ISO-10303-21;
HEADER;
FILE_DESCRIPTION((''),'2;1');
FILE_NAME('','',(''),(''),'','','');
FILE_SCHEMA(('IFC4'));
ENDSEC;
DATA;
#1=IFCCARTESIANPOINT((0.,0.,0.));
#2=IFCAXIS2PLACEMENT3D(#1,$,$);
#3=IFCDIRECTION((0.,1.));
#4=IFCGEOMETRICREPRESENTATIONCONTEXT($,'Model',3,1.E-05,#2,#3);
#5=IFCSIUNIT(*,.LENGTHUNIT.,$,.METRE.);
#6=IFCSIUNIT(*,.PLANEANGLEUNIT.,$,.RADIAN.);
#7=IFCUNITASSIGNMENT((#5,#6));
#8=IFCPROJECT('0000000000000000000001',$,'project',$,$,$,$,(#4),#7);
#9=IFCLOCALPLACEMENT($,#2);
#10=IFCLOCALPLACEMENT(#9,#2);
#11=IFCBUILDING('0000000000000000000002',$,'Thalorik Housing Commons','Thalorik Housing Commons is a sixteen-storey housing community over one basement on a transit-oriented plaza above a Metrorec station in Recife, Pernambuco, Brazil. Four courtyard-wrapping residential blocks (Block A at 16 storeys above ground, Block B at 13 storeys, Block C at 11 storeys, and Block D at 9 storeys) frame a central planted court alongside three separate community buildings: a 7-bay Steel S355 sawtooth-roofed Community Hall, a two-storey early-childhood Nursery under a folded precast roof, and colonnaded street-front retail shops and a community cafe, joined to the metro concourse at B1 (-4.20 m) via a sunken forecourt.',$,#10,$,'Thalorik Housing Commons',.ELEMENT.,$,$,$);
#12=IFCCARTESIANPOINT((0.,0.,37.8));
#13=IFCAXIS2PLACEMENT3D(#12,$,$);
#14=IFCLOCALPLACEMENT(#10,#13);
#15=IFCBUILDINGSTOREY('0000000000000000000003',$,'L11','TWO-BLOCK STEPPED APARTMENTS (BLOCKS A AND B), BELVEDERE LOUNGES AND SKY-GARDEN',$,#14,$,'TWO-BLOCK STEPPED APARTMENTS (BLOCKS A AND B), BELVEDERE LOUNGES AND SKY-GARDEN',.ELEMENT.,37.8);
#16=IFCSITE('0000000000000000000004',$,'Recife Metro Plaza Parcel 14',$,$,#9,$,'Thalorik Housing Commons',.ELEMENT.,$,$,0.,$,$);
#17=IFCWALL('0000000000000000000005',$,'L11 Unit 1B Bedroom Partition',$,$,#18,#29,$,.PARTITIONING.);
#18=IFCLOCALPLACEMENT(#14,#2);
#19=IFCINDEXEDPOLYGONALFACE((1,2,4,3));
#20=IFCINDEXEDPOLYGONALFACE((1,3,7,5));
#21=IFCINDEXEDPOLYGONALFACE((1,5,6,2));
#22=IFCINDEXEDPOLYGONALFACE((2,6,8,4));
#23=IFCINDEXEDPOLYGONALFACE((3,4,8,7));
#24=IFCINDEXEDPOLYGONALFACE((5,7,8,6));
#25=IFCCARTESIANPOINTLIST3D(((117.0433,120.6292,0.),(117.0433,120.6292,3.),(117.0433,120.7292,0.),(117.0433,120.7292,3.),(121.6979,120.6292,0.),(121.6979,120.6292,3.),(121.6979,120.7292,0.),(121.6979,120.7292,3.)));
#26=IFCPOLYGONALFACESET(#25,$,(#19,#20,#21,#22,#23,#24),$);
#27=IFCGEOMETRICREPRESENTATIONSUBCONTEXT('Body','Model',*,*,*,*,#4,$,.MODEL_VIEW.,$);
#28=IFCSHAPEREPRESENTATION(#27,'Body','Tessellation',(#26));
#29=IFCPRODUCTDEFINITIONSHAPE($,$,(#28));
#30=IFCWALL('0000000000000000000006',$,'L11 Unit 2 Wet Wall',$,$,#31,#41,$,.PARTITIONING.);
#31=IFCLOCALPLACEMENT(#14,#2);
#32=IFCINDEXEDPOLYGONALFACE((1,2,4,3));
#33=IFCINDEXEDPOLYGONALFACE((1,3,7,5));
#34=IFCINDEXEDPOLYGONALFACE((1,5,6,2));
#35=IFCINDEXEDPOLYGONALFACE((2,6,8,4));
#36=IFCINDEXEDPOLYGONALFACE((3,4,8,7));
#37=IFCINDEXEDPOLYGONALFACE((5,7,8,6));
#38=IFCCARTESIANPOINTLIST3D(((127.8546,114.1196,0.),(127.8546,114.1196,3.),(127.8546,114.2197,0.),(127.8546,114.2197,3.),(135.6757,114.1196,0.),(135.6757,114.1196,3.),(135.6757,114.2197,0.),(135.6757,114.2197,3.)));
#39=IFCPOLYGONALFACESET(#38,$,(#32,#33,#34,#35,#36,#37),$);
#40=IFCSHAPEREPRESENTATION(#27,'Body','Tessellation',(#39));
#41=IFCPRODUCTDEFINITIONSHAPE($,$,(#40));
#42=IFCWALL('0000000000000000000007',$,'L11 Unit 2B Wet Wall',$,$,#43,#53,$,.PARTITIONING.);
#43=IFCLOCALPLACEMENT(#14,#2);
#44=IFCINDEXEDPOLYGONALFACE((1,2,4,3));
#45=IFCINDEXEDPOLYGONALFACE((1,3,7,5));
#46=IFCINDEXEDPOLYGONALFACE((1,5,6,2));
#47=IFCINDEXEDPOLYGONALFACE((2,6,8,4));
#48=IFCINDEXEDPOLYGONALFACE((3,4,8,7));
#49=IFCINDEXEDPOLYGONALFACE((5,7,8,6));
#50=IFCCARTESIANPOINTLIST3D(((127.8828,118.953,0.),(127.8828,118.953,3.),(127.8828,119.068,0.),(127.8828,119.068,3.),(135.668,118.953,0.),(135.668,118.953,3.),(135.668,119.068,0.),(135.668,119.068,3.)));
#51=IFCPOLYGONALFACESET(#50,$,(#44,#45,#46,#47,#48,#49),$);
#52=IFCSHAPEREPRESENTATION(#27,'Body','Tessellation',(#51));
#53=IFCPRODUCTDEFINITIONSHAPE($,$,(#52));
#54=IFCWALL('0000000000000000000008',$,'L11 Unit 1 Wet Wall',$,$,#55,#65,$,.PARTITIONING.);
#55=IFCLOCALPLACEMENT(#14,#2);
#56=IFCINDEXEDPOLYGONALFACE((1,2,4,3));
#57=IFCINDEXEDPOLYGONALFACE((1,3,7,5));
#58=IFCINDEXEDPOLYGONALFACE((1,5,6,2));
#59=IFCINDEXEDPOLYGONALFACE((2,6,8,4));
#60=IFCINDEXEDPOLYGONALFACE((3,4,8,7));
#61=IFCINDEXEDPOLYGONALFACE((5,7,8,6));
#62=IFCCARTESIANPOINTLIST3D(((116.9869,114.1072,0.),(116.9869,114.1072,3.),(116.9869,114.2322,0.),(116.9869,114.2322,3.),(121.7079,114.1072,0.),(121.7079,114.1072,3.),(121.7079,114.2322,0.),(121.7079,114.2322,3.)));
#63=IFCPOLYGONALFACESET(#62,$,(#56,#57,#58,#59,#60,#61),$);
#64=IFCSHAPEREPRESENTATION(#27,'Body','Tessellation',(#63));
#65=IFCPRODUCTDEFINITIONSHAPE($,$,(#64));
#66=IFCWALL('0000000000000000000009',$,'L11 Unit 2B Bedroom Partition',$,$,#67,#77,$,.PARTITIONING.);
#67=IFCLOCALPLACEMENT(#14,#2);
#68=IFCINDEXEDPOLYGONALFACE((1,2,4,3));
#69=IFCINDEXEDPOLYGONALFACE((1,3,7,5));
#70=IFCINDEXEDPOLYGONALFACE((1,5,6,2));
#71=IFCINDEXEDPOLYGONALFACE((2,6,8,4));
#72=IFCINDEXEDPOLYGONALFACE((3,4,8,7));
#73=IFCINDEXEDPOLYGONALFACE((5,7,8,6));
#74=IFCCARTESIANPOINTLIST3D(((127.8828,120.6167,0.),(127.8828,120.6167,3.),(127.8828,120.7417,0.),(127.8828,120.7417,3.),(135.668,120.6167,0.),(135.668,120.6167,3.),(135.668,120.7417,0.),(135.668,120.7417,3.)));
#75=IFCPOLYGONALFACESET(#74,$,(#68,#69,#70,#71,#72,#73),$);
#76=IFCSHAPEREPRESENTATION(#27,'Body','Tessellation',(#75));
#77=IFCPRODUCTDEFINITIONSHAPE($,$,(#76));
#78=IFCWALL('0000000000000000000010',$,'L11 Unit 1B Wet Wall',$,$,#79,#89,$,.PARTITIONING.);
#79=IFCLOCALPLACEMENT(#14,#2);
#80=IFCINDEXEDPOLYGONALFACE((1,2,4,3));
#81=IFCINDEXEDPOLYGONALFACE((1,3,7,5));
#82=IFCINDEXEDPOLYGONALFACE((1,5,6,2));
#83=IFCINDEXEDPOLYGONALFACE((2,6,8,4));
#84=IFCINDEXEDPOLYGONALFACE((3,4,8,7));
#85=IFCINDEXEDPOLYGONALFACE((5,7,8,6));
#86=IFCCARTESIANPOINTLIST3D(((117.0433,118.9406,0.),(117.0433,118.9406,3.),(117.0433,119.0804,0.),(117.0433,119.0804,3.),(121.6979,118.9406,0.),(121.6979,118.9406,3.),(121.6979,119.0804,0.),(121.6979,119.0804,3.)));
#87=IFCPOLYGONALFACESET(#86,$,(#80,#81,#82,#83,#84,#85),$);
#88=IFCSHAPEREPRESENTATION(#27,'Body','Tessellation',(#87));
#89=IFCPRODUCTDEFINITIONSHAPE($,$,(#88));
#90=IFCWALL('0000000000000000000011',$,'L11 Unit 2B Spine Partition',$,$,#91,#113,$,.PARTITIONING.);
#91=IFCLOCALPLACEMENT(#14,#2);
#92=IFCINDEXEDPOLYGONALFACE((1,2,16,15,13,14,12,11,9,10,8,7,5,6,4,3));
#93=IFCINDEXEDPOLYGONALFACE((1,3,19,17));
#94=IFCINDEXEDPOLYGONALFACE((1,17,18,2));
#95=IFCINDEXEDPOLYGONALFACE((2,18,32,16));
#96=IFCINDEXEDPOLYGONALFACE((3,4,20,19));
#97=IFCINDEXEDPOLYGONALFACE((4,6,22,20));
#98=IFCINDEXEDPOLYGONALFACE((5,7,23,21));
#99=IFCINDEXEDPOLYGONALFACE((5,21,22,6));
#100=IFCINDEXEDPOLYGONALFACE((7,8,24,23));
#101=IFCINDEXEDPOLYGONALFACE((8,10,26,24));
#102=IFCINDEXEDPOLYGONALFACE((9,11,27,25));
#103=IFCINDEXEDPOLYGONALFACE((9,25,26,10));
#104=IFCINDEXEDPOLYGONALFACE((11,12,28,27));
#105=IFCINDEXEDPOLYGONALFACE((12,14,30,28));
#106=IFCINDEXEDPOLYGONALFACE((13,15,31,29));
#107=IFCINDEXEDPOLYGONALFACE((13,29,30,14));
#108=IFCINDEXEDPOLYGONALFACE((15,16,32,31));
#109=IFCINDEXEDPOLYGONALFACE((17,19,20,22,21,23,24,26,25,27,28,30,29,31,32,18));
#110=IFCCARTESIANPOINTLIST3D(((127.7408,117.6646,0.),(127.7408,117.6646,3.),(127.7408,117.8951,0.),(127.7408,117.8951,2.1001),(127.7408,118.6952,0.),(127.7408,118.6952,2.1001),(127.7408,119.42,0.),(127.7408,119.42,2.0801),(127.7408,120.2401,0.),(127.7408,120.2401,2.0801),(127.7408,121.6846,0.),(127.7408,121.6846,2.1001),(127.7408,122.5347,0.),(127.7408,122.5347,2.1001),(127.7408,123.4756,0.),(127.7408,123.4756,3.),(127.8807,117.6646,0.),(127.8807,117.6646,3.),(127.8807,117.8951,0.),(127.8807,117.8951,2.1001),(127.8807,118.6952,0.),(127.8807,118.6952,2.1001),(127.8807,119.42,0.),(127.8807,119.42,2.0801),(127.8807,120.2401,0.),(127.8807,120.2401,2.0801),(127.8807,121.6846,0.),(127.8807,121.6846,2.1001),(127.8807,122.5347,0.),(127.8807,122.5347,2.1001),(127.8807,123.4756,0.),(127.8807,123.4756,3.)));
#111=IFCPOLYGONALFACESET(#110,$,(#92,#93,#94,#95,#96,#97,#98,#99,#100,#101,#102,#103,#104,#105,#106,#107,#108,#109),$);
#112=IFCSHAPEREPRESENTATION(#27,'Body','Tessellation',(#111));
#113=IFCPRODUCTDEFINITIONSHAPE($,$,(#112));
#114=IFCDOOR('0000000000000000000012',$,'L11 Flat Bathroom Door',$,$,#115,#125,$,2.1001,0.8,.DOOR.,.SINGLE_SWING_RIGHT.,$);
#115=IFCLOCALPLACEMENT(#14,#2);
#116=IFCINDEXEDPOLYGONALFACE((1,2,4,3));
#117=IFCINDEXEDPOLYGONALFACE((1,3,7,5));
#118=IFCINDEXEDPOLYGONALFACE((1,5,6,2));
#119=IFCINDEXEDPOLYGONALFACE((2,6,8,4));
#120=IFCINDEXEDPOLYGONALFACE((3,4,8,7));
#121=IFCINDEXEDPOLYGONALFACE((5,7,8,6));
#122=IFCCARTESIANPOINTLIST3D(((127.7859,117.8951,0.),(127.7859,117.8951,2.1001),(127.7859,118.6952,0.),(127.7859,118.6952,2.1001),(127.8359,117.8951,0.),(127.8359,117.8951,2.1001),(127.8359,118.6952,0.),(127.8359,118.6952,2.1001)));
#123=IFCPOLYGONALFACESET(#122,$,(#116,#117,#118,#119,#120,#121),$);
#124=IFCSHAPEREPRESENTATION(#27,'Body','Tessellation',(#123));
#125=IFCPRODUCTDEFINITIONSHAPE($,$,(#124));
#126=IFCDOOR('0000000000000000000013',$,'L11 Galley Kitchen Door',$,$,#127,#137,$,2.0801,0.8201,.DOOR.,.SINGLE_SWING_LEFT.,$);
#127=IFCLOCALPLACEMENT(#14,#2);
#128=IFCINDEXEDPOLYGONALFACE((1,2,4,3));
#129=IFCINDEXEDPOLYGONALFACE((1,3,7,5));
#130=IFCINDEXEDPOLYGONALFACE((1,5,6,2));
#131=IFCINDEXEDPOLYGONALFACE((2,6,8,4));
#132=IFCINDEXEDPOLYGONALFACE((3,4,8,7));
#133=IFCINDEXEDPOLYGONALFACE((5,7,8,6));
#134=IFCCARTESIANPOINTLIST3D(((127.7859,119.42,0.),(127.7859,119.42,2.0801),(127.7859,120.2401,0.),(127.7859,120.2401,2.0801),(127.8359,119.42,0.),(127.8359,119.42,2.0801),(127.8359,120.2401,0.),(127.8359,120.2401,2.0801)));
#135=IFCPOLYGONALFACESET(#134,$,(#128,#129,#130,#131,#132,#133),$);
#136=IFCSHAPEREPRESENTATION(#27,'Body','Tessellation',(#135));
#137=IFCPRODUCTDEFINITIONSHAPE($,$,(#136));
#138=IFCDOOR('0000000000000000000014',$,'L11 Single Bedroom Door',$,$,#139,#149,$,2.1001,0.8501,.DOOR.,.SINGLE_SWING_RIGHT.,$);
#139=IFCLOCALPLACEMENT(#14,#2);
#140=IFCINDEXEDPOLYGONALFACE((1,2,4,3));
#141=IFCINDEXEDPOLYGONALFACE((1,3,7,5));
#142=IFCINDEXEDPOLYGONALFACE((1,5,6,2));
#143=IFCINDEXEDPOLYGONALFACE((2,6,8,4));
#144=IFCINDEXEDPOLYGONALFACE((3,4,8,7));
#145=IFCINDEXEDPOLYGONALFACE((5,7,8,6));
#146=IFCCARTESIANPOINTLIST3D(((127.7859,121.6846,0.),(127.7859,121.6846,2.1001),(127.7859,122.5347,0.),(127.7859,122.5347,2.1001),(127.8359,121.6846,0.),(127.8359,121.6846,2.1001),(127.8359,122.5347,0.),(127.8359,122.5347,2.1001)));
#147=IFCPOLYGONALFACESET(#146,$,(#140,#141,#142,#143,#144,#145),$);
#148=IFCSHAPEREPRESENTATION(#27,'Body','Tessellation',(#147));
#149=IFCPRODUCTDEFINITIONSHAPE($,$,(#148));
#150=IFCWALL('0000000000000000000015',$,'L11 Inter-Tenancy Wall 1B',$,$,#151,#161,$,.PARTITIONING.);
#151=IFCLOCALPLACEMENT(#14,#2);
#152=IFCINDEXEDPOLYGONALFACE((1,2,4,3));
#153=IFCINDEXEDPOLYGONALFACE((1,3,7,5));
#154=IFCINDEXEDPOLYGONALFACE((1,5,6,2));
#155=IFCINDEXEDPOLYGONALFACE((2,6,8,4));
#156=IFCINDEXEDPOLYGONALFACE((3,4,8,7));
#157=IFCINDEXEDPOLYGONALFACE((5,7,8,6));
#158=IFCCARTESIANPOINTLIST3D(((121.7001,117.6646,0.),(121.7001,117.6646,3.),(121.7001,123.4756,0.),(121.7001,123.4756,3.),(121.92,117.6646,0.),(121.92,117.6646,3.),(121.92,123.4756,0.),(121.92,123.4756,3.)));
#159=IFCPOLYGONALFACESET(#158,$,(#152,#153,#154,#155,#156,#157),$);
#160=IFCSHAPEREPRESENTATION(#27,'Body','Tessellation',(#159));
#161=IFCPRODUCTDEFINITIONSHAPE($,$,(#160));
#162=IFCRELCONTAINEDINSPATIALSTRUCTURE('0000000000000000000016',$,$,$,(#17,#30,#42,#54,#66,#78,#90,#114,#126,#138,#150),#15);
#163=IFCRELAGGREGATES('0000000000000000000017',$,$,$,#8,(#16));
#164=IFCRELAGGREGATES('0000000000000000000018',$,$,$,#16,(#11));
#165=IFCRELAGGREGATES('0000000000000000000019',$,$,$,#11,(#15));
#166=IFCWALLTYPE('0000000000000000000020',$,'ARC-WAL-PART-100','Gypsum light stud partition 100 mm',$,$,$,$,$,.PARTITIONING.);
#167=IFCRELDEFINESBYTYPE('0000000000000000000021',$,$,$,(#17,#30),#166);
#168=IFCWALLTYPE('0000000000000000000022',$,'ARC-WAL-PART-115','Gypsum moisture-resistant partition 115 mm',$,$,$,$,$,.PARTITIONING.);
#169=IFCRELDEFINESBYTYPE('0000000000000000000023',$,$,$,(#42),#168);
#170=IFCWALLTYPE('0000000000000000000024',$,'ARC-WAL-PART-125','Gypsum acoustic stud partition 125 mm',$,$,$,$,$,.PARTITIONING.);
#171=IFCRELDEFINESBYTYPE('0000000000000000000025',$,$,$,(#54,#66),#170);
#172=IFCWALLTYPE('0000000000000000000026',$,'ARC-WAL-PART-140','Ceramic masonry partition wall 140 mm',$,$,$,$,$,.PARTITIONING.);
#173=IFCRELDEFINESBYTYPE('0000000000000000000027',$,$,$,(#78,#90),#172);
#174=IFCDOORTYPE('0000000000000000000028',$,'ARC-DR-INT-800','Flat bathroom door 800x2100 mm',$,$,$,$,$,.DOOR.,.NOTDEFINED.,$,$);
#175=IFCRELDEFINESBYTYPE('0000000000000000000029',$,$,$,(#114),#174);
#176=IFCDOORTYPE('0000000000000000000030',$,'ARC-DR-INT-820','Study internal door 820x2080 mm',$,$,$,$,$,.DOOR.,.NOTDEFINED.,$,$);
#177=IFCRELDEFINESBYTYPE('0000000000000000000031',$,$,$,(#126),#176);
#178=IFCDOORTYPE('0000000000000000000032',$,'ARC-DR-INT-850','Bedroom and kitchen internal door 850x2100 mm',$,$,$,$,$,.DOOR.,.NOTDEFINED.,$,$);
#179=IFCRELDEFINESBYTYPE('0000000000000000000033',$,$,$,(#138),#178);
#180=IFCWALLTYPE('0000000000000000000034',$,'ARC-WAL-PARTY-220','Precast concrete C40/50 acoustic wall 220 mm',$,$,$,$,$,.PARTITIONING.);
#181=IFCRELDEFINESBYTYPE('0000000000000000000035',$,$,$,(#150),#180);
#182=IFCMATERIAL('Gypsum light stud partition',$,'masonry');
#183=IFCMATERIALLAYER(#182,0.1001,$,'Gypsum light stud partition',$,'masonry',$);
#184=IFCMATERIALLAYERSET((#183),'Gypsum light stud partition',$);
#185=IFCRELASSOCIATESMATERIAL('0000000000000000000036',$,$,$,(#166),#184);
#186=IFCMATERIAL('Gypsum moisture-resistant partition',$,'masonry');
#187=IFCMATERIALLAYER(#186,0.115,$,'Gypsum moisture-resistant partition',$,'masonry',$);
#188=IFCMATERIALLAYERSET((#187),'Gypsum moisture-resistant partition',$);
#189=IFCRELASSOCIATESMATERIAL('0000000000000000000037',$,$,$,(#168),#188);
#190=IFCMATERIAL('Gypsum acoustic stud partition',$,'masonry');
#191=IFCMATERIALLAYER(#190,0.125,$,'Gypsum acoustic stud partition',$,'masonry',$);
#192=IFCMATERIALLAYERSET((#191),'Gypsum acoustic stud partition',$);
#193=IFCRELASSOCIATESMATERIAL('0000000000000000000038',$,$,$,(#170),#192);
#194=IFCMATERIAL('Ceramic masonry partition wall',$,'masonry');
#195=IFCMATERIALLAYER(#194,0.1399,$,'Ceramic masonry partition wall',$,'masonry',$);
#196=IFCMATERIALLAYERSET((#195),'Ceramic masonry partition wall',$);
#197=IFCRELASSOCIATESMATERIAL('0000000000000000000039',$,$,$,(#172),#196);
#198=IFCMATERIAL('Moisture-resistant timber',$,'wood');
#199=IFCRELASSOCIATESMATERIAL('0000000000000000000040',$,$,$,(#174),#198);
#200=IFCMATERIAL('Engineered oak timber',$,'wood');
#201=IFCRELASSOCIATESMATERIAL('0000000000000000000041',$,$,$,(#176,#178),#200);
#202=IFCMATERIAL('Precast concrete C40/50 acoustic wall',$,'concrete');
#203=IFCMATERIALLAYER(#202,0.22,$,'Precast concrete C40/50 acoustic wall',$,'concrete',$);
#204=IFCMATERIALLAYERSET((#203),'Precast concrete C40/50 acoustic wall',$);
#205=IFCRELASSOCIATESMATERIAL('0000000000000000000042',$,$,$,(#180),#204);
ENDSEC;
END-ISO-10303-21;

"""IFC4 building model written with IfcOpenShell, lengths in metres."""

from ifc_helpers import new_model, si_unit, direction, frame, frame_2d, origin, place, context, subcontext, project, spatial, rectangle, extrude, material, layer, layer_set, type_object, element, fill, save


model = new_model("IFC4")

# Units and contexts
model_context = context("Model", 3, precision=1e-05, world=origin(), true_north=direction((0.0, 1.0)))
body_context = subcontext(model_context, "Body", "Model", "MODEL_VIEW")
ifc_project = project(units=[si_unit("LENGTHUNIT", "METRE"), si_unit("PLANEANGLEUNIT", "RADIAN")], contexts=[model_context])

# Site, building, storey
site_placement = place(None, origin())
site = spatial("IfcSite", under=ifc_project, at=site_placement, Name="Recife Metro Plaza Parcel 14", LongName="Thalorik Housing Commons", CompositionType="ELEMENT", RefElevation=0.0)
building_placement = place(site_placement, origin())
building = spatial("IfcBuilding", under=site, at=building_placement, Name="Thalorik Housing Commons", Description="Thalorik Housing Commons is a sixteen-storey housing community over one basement on a transit-oriented plaza above a Metrorec station in Recife, Pernambuco, Brazil. Four courtyard-wrapping residential blocks (Block A at 16 storeys above ground, Block B at 13 storeys, Block C at 11 storeys, and Block D at 9 storeys) frame a central planted court alongside three separate community buildings: a 7-bay Steel S355 sawtooth-roofed Community Hall, a two-storey early-childhood Nursery under a folded precast roof, and colonnaded street-front retail shops and a community cafe, joined to the metro concourse at B1 (-4.20 m) via a sunken forecourt.", LongName="Thalorik Housing Commons", CompositionType="ELEMENT")
storey_placement = place(building_placement, frame((0.0, 0.0, 37.8)))
storey = spatial("IfcBuildingStorey", under=building, at=storey_placement, Name="L11", Description="TWO-BLOCK STEPPED APARTMENTS (BLOCKS A AND B), BELVEDERE LOUNGES AND SKY-GARDEN", LongName="TWO-BLOCK STEPPED APARTMENTS (BLOCKS A AND B), BELVEDERE LOUNGES AND SKY-GARDEN", CompositionType="ELEMENT", Elevation=37.8)

# Walls
ifc_material_1 = material(Name="Gypsum light stud partition", Category="masonry")
ifc_layer_1 = layer(ifc_material_1, 0.1001, Name="Gypsum light stud partition", Category="masonry")
ifc_layer_set_1 = layer_set([ifc_layer_1], Name="Gypsum light stud partition")
wall_type_1 = type_object("IfcWallType", Name="ARC-WAL-PART-100", Description="Gypsum light stud partition 100 mm", PredefinedType="PARTITIONING", material=ifc_layer_set_1)
wall_1_placement = place(storey_placement, frame((117.0435, 120.6792, 0.0), z_axis=(0.0, 0.0, 1.0), x_axis=(1.0, 0.0, 0.0)))
element("IfcWall", 1, at=wall_1_placement, inside=storey, type_object=wall_type_1, Name="L11 Unit 1B Bedroom Partition", PredefinedType="PARTITIONING", context=body_context, shape_type="SweptSolid", body=[
    extrude(rectangle(XDim=4.6545, YDim=0.1001, at=frame_2d((2.3271, 0.0))), origin(), (0.0, 0.0, 1.0), 3.0),
])
wall_2_placement = place(storey_placement, frame((127.8545, 114.1697, 0.0), z_axis=(0.0, 0.0, 1.0), x_axis=(1.0, 0.0, 0.0)))
element("IfcWall", 2, at=wall_2_placement, inside=storey, type_object=wall_type_1, Name="L11 Unit 2 Wet Wall", PredefinedType="PARTITIONING", context=body_context, shape_type="SweptSolid", body=[
    extrude(rectangle(XDim=7.821, YDim=0.1001, at=frame_2d((3.9106, 0.0))), origin(), (0.0, 0.0, 1.0), 3.0),
])
ifc_material_2 = material(Name="Gypsum moisture-resistant partition", Category="masonry")
ifc_layer_2 = layer(ifc_material_2, 0.115, Name="Gypsum moisture-resistant partition", Category="masonry")
ifc_layer_set_2 = layer_set([ifc_layer_2], Name="Gypsum moisture-resistant partition")
wall_type_2 = type_object("IfcWallType", Name="ARC-WAL-PART-115", Description="Gypsum moisture-resistant partition 115 mm", PredefinedType="PARTITIONING", material=ifc_layer_set_2)
wall_3_placement = place(storey_placement, frame((127.8828, 119.0105, 0.0), z_axis=(0.0, 0.0, 1.0), x_axis=(1.0, 0.0, 0.0)))
element("IfcWall", 3, at=wall_3_placement, inside=storey, type_object=wall_type_2, Name="L11 Unit 2B Wet Wall", PredefinedType="PARTITIONING", context=body_context, shape_type="SweptSolid", body=[
    extrude(rectangle(XDim=7.7852, YDim=0.115, at=frame_2d((3.8926, 0.0))), origin(), (0.0, 0.0, 1.0), 3.0),
])
ifc_material_3 = material(Name="Gypsum acoustic stud partition", Category="masonry")
ifc_layer_3 = layer(ifc_material_3, 0.125, Name="Gypsum acoustic stud partition", Category="masonry")
ifc_layer_set_3 = layer_set([ifc_layer_3], Name="Gypsum acoustic stud partition")
wall_type_3 = type_object("IfcWallType", Name="ARC-WAL-PART-125", Description="Gypsum acoustic stud partition 125 mm", PredefinedType="PARTITIONING", material=ifc_layer_set_3)
wall_4_placement = place(storey_placement, frame((116.9871, 114.1697, 0.0), z_axis=(0.0, 0.0, 1.0), x_axis=(1.0, 0.0, 0.0)))
element("IfcWall", 4, at=wall_4_placement, inside=storey, type_object=wall_type_3, Name="L11 Unit 1 Wet Wall", PredefinedType="PARTITIONING", context=body_context, shape_type="SweptSolid", body=[
    extrude(rectangle(XDim=4.7209, YDim=0.125, at=frame_2d((2.3604, 0.0))), origin(), (0.0, 0.0, 1.0), 3.0),
])
wall_5_placement = place(storey_placement, frame((127.8828, 120.6792, 0.0), z_axis=(0.0, 0.0, 1.0), x_axis=(1.0, 0.0, 0.0)))
element("IfcWall", 5, at=wall_5_placement, inside=storey, type_object=wall_type_3, Name="L11 Unit 2B Bedroom Partition", PredefinedType="PARTITIONING", context=body_context, shape_type="SweptSolid", body=[
    extrude(rectangle(XDim=7.7852, YDim=0.125, at=frame_2d((3.8926, 0.0))), origin(), (0.0, 0.0, 1.0), 3.0),
])
ifc_material_4 = material(Name="Ceramic masonry partition wall", Category="masonry")
ifc_layer_4 = layer(ifc_material_4, 0.1399, Name="Ceramic masonry partition wall", Category="masonry")
ifc_layer_set_4 = layer_set([ifc_layer_4], Name="Ceramic masonry partition wall")
wall_type_4 = type_object("IfcWallType", Name="ARC-WAL-PART-140", Description="Ceramic masonry partition wall 140 mm", PredefinedType="PARTITIONING", material=ifc_layer_set_4)
wall_6_placement = place(storey_placement, frame((117.0435, 119.0105, 0.0), z_axis=(0.0, 0.0, 1.0), x_axis=(1.0, 0.0, 0.0)))
element("IfcWall", 6, at=wall_6_placement, inside=storey, type_object=wall_type_4, Name="L11 Unit 1B Wet Wall", PredefinedType="PARTITIONING", context=body_context, shape_type="SweptSolid", body=[
    extrude(rectangle(XDim=4.6545, YDim=0.1399, at=frame_2d((2.3271, 0.0))), origin(), (0.0, 0.0, 1.0), 3.0),
])

# Wall, openings, doors
wall_7_placement = place(storey_placement, frame((127.8108, 117.6646, 0.0), z_axis=(0.0, 0.0, 1.0), x_axis=(0.0, 1.0, 0.0)))
wall_7 = element("IfcWall", 7, at=wall_7_placement, inside=storey, type_object=wall_type_4, Name="L11 Unit 2B Spine Partition", PredefinedType="PARTITIONING", context=body_context, shape_type="SweptSolid", body=[
    extrude(rectangle(XDim=5.811, YDim=0.1399, at=frame_2d((2.9055, 0.0))), origin(), (0.0, 0.0, 1.0), 3.0),
])
opening_1_placement = place(wall_7_placement, frame((0.2307, 0.0, 0.0)))
opening_1 = element("IfcOpeningElement", 8, at=opening_1_placement, cuts=wall_7, PredefinedType="OPENING", context=body_context, shape_type="SweptSolid", body=[
    extrude(rectangle(XDim=0.8, YDim=2.1001, at=frame_2d((0.3999, 1.05))), frame((0.0, 0.0801, 0.0), z_axis=(0.0, -1.0, 0.0), x_axis=(1.0, 0.0, 0.0)), (0.0, 0.0, 1.0), 0.1599),
])
opening_2_placement = place(wall_7_placement, frame((1.7554, 0.0, 0.0)))
opening_2 = element("IfcOpeningElement", 9, at=opening_2_placement, cuts=wall_7, PredefinedType="OPENING", context=body_context, shape_type="SweptSolid", body=[
    extrude(rectangle(XDim=0.8201, YDim=2.0801, at=frame_2d((0.4102, 1.04))), frame((0.0, 0.0801, 0.0), z_axis=(0.0, -1.0, 0.0), x_axis=(1.0, 0.0, 0.0)), (0.0, 0.0, 1.0), 0.1599),
])
opening_3_placement = place(wall_7_placement, frame((4.02, 0.0, 0.0)))
opening_3 = element("IfcOpeningElement", 10, at=opening_3_placement, cuts=wall_7, PredefinedType="OPENING", context=body_context, shape_type="SweptSolid", body=[
    extrude(rectangle(XDim=0.8501, YDim=2.1001, at=frame_2d((0.425, 1.05))), frame((0.0, 0.0801, 0.0), z_axis=(0.0, -1.0, 0.0), x_axis=(1.0, 0.0, 0.0)), (0.0, 0.0, 1.0), 0.1599),
])
ifc_material_5 = material(Name="Moisture-resistant timber", Category="wood")
door_type_1 = type_object("IfcDoorType", Name="ARC-DR-INT-800", Description="Flat bathroom door 800x2100 mm", OperationType="NOTDEFINED", PredefinedType="DOOR", material=ifc_material_5)
door_1_placement = place(opening_1_placement, origin())
door_1 = element("IfcDoor", 11, at=door_1_placement, inside=storey, type_object=door_type_1, Name="L11 Flat Bathroom Door", OperationType="SINGLE_SWING_RIGHT", OverallHeight=2.1001, OverallWidth=0.8, PredefinedType="DOOR", context=body_context, shape_type="SweptSolid", body=[
    extrude(rectangle(XDim=0.8, YDim=2.1001, at=frame_2d((0.3999, 1.05))), frame((0.0, 0.0249, 0.0), z_axis=(0.0, -1.0, 0.0), x_axis=(1.0, 0.0, 0.0)), (0.0, 0.0, 1.0), 0.05),
])
fill(opening_1, door_1)
ifc_material_6 = material(Name="Engineered oak timber", Category="wood")
door_type_2 = type_object("IfcDoorType", Name="ARC-DR-INT-820", Description="Study internal door 820x2080 mm", OperationType="NOTDEFINED", PredefinedType="DOOR", material=ifc_material_6)
door_2_placement = place(opening_2_placement, origin())
door_2 = element("IfcDoor", 12, at=door_2_placement, inside=storey, type_object=door_type_2, Name="L11 Galley Kitchen Door", OperationType="SINGLE_SWING_LEFT", OverallHeight=2.0801, OverallWidth=0.8201, PredefinedType="DOOR", context=body_context, shape_type="SweptSolid", body=[
    extrude(rectangle(XDim=0.8201, YDim=2.0801, at=frame_2d((0.4102, 1.04))), frame((0.0, 0.0249, 0.0), z_axis=(0.0, -1.0, 0.0), x_axis=(1.0, 0.0, 0.0)), (0.0, 0.0, 1.0), 0.05),
])
fill(opening_2, door_2)
door_type_3 = type_object("IfcDoorType", Name="ARC-DR-INT-850", Description="Bedroom and kitchen internal door 850x2100 mm", OperationType="NOTDEFINED", PredefinedType="DOOR", material=ifc_material_6)
door_3_placement = place(opening_3_placement, origin())
door_3 = element("IfcDoor", 13, at=door_3_placement, inside=storey, type_object=door_type_3, Name="L11 Single Bedroom Door", OperationType="SINGLE_SWING_RIGHT", OverallHeight=2.1001, OverallWidth=0.8501, PredefinedType="DOOR", context=body_context, shape_type="SweptSolid", body=[
    extrude(rectangle(XDim=0.8501, YDim=2.1001, at=frame_2d((0.425, 1.05))), frame((0.0, 0.0249, 0.0), z_axis=(0.0, -1.0, 0.0), x_axis=(1.0, 0.0, 0.0)), (0.0, 0.0, 1.0), 0.05),
])
fill(opening_3, door_3)

# Wall
ifc_material_7 = material(Name="Precast concrete C40/50 acoustic wall", Category="concrete")
ifc_layer_5 = layer(ifc_material_7, 0.22, Name="Precast concrete C40/50 acoustic wall", Category="concrete")
ifc_layer_set_5 = layer_set([ifc_layer_5], Name="Precast concrete C40/50 acoustic wall")
wall_type_5 = type_object("IfcWallType", Name="ARC-WAL-PARTY-220", Description="Precast concrete C40/50 acoustic wall 220 mm", PredefinedType="PARTITIONING", material=ifc_layer_set_5)
wall_8_placement = place(storey_placement, frame((121.8101, 117.6646, 0.0), z_axis=(0.0, 0.0, 1.0), x_axis=(0.0, 1.0, 0.0)))
element("IfcWall", 14, at=wall_8_placement, inside=storey, type_object=wall_type_5, Name="L11 Inter-Tenancy Wall 1B", PredefinedType="PARTITIONING", context=body_context, shape_type="SweptSolid", body=[
    extrude(rectangle(XDim=5.811, YDim=0.22, at=frame_2d((2.9055, 0.0))), origin(), (0.0, 0.0, 1.0), 3.0),
])

save(model, "model.ifc")
